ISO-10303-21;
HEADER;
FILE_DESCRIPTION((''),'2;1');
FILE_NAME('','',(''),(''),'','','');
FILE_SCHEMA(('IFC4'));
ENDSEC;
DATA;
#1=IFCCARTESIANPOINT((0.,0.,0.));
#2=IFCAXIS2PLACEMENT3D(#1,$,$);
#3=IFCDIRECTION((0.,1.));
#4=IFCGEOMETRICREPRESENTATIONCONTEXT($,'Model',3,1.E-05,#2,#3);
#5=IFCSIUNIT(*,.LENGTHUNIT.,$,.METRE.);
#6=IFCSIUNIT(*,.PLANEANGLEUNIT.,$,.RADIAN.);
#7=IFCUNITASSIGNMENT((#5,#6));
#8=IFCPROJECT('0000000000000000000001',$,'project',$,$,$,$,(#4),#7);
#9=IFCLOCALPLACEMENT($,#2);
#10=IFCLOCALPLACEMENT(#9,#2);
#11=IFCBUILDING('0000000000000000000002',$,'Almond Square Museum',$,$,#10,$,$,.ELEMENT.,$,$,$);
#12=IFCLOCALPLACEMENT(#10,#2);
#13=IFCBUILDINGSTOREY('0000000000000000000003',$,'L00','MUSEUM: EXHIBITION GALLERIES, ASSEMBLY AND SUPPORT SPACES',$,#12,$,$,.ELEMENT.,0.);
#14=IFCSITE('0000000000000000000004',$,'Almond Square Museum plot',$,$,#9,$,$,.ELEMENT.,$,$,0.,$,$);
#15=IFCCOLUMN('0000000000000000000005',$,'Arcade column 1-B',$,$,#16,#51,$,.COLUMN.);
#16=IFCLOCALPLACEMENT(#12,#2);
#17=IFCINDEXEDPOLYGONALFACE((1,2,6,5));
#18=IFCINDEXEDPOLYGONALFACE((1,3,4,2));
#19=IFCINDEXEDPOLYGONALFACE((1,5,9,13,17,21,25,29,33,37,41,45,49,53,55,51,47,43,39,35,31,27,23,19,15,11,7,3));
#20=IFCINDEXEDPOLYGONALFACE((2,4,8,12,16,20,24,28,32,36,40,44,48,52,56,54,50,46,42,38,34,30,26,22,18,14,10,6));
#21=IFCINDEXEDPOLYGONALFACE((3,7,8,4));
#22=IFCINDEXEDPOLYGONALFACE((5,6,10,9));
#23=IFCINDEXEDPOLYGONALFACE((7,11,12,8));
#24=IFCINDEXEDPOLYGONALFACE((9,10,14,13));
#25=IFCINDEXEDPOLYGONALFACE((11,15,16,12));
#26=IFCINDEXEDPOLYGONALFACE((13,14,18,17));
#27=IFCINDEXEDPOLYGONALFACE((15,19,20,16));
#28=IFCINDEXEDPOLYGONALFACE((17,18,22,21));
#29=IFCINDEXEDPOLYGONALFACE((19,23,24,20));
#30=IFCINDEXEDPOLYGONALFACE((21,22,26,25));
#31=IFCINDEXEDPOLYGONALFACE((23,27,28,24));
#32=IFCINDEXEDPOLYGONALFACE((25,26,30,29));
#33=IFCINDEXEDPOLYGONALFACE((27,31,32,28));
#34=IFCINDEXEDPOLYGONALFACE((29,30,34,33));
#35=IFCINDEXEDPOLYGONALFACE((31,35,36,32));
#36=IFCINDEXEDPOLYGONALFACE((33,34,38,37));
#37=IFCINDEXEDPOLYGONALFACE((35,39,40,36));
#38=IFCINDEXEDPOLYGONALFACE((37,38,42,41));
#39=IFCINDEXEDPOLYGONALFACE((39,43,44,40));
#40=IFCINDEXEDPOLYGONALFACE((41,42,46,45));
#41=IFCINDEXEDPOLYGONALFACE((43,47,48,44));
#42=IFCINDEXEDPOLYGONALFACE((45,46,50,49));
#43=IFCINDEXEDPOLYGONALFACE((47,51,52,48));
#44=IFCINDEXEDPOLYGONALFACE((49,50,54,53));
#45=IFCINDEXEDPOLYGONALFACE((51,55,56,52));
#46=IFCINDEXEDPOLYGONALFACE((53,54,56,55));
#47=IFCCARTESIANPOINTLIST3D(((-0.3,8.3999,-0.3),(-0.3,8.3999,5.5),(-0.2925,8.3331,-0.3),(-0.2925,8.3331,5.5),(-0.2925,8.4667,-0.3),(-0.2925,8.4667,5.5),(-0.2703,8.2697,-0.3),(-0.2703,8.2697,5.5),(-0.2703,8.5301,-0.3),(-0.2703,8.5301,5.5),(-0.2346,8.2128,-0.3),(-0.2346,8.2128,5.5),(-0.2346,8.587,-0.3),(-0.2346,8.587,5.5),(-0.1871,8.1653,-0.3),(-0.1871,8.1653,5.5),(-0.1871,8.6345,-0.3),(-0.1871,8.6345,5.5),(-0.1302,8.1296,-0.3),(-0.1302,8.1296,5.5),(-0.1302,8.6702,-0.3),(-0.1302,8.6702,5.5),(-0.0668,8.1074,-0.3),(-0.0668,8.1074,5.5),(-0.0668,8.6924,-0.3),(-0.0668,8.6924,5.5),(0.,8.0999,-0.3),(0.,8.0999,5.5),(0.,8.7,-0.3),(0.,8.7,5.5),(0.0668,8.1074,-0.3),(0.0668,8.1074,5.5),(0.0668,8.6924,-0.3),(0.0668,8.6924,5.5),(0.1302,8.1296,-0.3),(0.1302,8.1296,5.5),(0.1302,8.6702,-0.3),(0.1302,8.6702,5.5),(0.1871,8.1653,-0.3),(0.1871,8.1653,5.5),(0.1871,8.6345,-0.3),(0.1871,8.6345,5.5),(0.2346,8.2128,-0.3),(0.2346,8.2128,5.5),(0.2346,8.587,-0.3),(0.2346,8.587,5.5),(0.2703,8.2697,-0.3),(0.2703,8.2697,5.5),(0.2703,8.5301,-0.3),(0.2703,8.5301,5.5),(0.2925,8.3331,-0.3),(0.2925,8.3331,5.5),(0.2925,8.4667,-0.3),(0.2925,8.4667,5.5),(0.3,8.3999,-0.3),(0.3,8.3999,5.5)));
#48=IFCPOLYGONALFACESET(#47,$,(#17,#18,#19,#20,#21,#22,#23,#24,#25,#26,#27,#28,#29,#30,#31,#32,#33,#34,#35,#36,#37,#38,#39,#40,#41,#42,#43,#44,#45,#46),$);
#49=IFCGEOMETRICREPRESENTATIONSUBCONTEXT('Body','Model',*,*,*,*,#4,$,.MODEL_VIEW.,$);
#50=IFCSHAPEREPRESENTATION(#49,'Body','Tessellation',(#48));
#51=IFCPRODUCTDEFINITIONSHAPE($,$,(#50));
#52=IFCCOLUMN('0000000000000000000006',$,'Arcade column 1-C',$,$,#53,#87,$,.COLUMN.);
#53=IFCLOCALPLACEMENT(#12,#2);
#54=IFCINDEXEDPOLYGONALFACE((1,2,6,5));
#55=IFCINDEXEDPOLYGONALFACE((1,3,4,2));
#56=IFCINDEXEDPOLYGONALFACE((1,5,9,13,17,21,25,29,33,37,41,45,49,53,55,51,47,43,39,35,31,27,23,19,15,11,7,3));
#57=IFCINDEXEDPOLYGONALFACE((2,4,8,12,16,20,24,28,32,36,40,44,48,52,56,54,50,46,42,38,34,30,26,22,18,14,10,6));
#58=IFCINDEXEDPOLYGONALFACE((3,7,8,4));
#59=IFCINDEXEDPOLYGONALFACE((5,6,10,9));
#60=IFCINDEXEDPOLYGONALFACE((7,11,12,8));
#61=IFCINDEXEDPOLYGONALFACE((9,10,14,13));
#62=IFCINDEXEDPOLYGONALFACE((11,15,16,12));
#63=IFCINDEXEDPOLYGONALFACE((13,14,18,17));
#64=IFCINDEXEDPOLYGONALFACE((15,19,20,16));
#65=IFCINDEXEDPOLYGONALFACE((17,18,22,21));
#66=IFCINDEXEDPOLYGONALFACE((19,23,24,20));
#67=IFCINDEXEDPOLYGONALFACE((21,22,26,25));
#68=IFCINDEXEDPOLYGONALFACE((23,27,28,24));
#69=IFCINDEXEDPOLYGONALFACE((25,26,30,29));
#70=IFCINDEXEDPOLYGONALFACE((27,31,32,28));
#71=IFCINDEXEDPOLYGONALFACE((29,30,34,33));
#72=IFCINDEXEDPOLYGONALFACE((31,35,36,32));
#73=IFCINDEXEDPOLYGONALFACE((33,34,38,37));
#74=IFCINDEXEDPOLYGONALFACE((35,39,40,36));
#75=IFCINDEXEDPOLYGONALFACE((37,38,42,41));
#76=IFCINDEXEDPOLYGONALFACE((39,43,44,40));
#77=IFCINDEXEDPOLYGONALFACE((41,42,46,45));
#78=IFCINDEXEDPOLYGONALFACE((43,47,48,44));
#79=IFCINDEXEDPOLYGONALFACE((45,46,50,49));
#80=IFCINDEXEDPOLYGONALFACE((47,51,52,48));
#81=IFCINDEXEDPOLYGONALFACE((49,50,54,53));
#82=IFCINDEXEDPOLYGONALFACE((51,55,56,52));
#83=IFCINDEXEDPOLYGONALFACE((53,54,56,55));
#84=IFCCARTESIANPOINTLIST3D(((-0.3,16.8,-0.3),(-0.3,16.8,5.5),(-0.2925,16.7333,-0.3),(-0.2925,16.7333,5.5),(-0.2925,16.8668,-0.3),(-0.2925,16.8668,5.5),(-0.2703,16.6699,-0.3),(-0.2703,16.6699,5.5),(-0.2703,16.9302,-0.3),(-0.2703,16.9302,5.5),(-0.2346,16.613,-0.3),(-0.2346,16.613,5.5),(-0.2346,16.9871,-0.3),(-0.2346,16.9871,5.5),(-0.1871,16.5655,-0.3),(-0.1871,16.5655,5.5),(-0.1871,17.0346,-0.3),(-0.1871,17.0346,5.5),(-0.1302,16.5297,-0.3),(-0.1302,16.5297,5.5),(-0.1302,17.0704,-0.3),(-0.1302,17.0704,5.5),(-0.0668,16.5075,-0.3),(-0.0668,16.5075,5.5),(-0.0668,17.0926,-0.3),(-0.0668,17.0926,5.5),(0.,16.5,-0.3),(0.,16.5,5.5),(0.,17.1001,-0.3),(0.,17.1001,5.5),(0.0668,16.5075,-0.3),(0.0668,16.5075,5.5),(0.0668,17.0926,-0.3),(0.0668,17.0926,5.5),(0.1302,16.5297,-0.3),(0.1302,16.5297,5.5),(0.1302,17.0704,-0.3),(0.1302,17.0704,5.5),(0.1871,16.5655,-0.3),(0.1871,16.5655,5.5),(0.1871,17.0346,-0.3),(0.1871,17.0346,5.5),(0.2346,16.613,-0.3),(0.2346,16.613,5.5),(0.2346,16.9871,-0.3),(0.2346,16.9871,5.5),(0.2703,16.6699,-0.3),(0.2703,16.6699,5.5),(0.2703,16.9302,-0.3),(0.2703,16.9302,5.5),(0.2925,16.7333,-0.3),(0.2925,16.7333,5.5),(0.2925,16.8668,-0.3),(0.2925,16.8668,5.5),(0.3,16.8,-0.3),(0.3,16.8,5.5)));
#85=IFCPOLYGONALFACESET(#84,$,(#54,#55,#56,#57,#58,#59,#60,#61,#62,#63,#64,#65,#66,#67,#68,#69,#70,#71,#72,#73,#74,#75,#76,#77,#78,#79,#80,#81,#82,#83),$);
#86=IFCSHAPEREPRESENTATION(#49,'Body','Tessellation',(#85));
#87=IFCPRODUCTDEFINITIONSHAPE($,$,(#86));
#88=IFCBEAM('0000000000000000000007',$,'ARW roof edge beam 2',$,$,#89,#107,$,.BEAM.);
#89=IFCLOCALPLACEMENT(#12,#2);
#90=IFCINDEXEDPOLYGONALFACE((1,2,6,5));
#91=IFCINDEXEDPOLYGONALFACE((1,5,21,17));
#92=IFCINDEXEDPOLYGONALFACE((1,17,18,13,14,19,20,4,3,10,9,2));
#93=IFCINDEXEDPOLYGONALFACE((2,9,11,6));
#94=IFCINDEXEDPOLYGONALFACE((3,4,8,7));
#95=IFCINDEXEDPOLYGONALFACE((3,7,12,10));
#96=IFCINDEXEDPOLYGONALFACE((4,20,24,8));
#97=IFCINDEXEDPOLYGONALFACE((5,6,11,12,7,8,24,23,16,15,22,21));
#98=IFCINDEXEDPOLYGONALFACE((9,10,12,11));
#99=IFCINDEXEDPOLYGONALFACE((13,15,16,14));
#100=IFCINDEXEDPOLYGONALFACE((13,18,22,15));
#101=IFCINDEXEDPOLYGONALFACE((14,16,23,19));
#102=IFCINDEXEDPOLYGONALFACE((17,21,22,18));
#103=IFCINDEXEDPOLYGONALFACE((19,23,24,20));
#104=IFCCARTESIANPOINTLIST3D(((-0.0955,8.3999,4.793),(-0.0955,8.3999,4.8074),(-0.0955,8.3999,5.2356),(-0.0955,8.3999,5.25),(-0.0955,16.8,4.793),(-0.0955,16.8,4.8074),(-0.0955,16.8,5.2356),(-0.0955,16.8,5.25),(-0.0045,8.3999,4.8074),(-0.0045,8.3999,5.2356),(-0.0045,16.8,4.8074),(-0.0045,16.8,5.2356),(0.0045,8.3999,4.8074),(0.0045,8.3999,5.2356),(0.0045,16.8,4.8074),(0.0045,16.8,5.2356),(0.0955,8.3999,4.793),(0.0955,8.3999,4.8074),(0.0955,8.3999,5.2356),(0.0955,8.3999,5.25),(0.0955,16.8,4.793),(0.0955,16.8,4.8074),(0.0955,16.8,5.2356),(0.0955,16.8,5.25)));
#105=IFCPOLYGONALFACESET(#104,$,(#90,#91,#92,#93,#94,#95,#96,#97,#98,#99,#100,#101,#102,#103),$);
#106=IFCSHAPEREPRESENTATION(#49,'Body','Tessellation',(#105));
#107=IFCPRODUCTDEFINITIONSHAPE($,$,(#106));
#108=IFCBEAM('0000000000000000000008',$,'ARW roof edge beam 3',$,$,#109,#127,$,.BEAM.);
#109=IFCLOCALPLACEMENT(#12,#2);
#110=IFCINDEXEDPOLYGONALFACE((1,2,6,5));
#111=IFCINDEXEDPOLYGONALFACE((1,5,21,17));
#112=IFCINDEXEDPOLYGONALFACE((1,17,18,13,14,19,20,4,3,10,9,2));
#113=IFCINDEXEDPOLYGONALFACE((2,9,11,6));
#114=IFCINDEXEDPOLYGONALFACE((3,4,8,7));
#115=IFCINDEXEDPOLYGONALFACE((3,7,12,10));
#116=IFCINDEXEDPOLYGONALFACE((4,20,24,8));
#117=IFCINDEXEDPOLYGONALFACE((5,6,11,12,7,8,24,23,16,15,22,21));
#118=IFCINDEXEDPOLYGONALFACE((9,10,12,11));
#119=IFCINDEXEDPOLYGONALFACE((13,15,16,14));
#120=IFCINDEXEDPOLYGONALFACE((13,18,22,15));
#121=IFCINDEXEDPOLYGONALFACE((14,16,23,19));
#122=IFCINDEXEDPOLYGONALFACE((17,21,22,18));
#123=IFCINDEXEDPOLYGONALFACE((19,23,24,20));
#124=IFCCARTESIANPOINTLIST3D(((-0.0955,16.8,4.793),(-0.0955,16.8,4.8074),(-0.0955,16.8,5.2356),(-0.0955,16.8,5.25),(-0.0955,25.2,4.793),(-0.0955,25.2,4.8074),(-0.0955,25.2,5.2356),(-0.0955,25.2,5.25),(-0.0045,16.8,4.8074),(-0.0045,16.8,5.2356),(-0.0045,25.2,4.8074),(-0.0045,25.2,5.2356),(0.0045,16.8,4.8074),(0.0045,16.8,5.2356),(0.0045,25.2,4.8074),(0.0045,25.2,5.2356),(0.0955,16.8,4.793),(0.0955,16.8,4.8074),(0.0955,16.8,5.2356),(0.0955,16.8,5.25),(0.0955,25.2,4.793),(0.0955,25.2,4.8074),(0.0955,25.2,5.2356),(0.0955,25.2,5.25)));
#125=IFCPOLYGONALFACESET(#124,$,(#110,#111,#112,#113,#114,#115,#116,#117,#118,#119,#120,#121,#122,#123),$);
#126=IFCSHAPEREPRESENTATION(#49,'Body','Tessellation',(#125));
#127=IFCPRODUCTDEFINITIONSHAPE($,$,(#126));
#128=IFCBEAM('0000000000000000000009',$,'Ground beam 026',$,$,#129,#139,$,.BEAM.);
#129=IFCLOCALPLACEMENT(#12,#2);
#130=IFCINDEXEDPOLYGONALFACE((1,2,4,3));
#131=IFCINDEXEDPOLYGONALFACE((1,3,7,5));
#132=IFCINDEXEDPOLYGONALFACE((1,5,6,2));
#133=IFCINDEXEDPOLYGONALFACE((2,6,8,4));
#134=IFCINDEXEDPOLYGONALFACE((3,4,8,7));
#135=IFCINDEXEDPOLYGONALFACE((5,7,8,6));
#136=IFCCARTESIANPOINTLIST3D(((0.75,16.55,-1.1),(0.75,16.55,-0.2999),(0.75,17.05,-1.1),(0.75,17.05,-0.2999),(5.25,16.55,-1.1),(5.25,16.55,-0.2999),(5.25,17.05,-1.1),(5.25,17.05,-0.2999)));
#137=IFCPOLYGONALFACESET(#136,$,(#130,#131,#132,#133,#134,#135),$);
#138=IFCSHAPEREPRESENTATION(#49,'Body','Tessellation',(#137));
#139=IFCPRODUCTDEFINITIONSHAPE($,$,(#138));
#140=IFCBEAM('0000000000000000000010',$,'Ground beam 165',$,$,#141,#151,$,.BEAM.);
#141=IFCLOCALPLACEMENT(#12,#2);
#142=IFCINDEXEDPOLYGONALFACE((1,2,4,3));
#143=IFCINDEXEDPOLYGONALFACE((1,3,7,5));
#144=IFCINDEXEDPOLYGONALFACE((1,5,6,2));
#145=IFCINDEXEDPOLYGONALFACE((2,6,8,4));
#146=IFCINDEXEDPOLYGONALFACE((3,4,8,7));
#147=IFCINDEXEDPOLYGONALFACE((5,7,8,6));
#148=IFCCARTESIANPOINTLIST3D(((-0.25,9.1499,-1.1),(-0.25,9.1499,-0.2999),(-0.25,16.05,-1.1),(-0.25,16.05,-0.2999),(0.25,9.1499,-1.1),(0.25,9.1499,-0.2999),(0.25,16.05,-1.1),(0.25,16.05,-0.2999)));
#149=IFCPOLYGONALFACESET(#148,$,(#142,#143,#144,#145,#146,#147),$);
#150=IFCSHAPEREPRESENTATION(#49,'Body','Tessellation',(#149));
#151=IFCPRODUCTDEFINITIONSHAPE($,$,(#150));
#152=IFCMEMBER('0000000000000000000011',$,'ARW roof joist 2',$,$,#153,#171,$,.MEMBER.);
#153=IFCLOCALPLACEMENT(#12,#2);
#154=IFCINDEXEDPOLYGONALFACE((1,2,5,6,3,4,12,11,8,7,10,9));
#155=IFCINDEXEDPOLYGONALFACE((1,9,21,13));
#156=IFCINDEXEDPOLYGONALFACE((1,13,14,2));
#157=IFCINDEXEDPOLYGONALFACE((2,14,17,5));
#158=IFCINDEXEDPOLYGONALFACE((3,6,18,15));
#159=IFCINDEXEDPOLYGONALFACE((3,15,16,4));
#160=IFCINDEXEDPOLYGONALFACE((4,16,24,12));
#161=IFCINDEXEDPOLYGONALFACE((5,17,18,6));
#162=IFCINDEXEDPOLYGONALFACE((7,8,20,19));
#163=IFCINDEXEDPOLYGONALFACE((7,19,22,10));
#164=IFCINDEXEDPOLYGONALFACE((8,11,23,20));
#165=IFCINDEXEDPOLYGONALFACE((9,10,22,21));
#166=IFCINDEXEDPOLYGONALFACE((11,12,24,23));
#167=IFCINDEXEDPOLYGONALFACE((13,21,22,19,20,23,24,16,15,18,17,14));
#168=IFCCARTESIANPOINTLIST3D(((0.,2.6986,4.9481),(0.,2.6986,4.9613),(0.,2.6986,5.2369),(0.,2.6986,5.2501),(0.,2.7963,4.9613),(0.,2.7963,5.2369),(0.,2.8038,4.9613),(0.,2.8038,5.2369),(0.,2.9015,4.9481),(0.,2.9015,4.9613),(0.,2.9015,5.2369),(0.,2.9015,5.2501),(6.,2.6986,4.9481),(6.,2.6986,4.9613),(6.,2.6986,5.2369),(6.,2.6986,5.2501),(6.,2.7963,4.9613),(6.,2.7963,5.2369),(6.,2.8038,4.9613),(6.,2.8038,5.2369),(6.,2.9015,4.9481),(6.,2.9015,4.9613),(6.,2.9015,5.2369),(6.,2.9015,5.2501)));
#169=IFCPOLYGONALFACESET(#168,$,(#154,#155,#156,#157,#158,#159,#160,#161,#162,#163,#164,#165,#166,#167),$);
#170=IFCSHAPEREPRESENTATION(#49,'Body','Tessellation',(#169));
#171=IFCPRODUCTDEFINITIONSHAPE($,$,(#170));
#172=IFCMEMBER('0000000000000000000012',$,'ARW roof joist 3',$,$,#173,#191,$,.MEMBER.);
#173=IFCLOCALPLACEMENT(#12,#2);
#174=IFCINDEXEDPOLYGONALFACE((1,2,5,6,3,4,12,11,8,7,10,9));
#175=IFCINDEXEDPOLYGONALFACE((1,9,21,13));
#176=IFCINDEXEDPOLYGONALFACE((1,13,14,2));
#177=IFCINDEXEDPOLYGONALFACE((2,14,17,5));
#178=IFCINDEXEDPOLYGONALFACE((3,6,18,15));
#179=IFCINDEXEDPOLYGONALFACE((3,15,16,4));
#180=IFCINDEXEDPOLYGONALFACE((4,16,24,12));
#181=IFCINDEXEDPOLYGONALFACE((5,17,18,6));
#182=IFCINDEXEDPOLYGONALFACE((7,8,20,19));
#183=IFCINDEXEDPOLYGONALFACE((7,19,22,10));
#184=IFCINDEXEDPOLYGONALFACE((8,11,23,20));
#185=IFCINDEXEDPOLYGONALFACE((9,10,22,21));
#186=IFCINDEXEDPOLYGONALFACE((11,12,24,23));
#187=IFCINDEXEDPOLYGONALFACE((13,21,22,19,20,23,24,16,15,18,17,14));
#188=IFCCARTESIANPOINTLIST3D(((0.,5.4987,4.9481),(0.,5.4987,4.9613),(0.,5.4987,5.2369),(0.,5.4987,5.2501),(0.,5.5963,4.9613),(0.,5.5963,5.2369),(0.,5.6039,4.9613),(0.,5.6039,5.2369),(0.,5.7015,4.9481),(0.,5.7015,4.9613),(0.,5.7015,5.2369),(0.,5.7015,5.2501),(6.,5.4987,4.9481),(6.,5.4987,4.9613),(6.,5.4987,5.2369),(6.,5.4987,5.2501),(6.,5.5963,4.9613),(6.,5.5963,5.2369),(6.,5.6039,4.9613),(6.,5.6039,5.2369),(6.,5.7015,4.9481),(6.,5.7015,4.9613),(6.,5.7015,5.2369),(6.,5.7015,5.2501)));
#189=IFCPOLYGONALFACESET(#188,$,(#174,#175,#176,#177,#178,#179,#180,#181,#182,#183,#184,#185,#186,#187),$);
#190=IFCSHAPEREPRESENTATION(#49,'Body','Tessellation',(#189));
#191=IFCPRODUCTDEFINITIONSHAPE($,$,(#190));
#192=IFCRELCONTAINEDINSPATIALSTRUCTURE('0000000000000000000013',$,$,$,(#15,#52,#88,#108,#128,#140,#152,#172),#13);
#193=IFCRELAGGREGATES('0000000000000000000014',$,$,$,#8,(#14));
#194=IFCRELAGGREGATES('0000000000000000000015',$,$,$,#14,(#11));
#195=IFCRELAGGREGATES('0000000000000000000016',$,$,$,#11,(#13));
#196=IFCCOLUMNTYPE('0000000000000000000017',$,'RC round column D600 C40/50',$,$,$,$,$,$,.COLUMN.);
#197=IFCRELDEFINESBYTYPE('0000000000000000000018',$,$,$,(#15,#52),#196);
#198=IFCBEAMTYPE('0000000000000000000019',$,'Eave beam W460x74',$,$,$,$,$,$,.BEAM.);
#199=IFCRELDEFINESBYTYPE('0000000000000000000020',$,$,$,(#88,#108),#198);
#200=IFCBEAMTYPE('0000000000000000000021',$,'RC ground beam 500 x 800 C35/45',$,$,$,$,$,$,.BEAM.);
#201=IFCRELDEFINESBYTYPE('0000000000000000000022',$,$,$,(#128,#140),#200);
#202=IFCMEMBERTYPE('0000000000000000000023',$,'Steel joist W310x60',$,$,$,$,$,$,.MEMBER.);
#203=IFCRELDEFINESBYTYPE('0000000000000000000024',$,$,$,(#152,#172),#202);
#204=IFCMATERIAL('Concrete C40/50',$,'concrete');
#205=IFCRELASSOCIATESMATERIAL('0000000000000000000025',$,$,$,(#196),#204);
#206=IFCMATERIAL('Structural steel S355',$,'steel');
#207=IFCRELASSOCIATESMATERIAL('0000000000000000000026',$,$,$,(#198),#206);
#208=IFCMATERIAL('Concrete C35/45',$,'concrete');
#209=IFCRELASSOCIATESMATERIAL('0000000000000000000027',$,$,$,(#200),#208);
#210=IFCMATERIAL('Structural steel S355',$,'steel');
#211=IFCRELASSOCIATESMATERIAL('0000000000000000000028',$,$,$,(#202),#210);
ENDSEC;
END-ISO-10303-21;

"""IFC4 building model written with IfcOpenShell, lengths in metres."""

from ifc_helpers import new_model, si_unit, direction, frame, origin, origin_2d, place, context, subcontext, project, spatial, rectangle, circle, i_section, extrude, material, material_profile, profile_set, type_object, element, save


model = new_model("IFC4")

# Units and contexts
model_context = context("Model", 3, precision=1e-05, world=origin(), true_north=direction((0.0, 1.0)))
body_context = subcontext(model_context, "Body", "Model", "MODEL_VIEW")
ifc_project = project(units=[si_unit("LENGTHUNIT", "METRE"), si_unit("PLANEANGLEUNIT", "RADIAN")], contexts=[model_context])

# Site, building, storey
site_placement = place(None, origin())
site = spatial("IfcSite", under=ifc_project, at=site_placement, Name="Almond Square Museum plot", CompositionType="ELEMENT", RefElevation=0.0)
building_placement = place(site_placement, origin())
building = spatial("IfcBuilding", under=site, at=building_placement, Name="Almond Square Museum", CompositionType="ELEMENT")
storey_placement = place(building_placement, origin())
storey = spatial("IfcBuildingStorey", under=building, at=storey_placement, Name="L00", Description="MUSEUM: EXHIBITION GALLERIES, ASSEMBLY AND SUPPORT SPACES", CompositionType="ELEMENT", Elevation=0.0)

# Columns
ifc_material_1 = material(Name="Concrete C40/50", Category="concrete")
ifc_material_profile_1 = material_profile(ifc_material_1, circle(Radius=0.3, at=origin_2d()))
ifc_profile_set_1 = profile_set([ifc_material_profile_1], Name="Concrete C40/50")
column_type = type_object("IfcColumnType", Name="RC round column D600 C40/50", PredefinedType="COLUMN", material=ifc_profile_set_1)
for number, where, z_axis, x_axis, name in (
    (1, (0.0, 8.3999, -0.3), (0.0, 0.0, 1.0), (1.0, 0.0, 0.0), "Arcade column 1-B"),
    (2, (0.0, 16.8, -0.3), (0.0, 0.0, 1.0), (1.0, 0.0, 0.0), "Arcade column 1-C"),
):
    element("IfcColumn", number, at=place(storey_placement, frame(where, z_axis=z_axis, x_axis=x_axis)), inside=storey, type_object=column_type, Name=name, PredefinedType="COLUMN", context=body_context, shape_type="SweptSolid", body=[
        extrude(circle(Radius=0.3, at=origin_2d()), origin(), (0.0, 0.0, 1.0), 5.8),
    ])

# Beams
ifc_material_2 = material(Name="Structural steel S355", Category="steel")
ifc_material_profile_2 = material_profile(ifc_material_2, i_section(OverallWidth=0.1909, OverallDepth=0.457, WebThickness=0.009, FlangeThickness=0.0144, at=origin_2d()))
ifc_profile_set_2 = profile_set([ifc_material_profile_2], Name="Structural steel S355")
beam_type_1 = type_object("IfcBeamType", Name="Eave beam W460x74", PredefinedType="BEAM", material=ifc_profile_set_2)
beam_1_placement = place(storey_placement, frame((0.0, 8.3999, 5.0215), z_axis=(0.0, 1.0, 0.0), x_axis=(-1.0, 0.0, 0.0)))
element("IfcBeam", 3, at=beam_1_placement, inside=storey, type_object=beam_type_1, Name="ARW roof edge beam 2", PredefinedType="BEAM", context=body_context, shape_type="SweptSolid", body=[
    extrude(i_section(OverallWidth=0.1909, OverallDepth=0.457, WebThickness=0.009, FlangeThickness=0.0144, at=origin_2d()), origin(), (0.0, 0.0, 1.0), 8.4001),
])
beam_2_placement = place(storey_placement, frame((0.0, 16.8, 5.0215), z_axis=(0.0, 1.0, 0.0), x_axis=(-1.0, 0.0, 0.0)))
element("IfcBeam", 4, at=beam_2_placement, inside=storey, type_object=beam_type_1, Name="ARW roof edge beam 3", PredefinedType="BEAM", context=body_context, shape_type="SweptSolid", body=[
    extrude(i_section(OverallWidth=0.1909, OverallDepth=0.457, WebThickness=0.009, FlangeThickness=0.0144, at=origin_2d()), origin(), (0.0, 0.0, 1.0), 8.3999),
])
ifc_material_3 = material(Name="Concrete C35/45", Category="concrete")
ifc_material_profile_3 = material_profile(ifc_material_3, rectangle(XDim=0.5, YDim=0.8, at=origin_2d()))
ifc_profile_set_3 = profile_set([ifc_material_profile_3], Name="Concrete C35/45")
beam_type_2 = type_object("IfcBeamType", Name="RC ground beam 500 x 800 C35/45", PredefinedType="BEAM", material=ifc_profile_set_3)
beam_3_placement = place(storey_placement, frame((0.75, 16.8, -0.7), z_axis=(1.0, 0.0, 0.0), x_axis=(0.0, 1.0, 0.0)))
element("IfcBeam", 5, at=beam_3_placement, inside=storey, type_object=beam_type_2, Name="Ground beam 026", PredefinedType="BEAM", context=body_context, shape_type="SweptSolid", body=[
    extrude(rectangle(XDim=0.5, YDim=0.8, at=origin_2d()), origin(), (0.0, 0.0, 1.0), 4.5),
])
beam_4_placement = place(storey_placement, frame((0.0, 9.1499, -0.7), z_axis=(0.0, 1.0, 0.0), x_axis=(-1.0, 0.0, 0.0)))
element("IfcBeam", 6, at=beam_4_placement, inside=storey, type_object=beam_type_2, Name="Ground beam 165", PredefinedType="BEAM", context=body_context, shape_type="SweptSolid", body=[
    extrude(rectangle(XDim=0.5, YDim=0.8, at=origin_2d()), origin(), (0.0, 0.0, 1.0), 6.9001),
])

# Members
ifc_material_4 = material(Name="Structural steel S355", Category="steel")
ifc_material_profile_4 = material_profile(ifc_material_4, i_section(OverallWidth=0.2029, OverallDepth=0.302, WebThickness=0.0076, FlangeThickness=0.0132, at=origin_2d()))
ifc_profile_set_4 = profile_set([ifc_material_profile_4], Name="Structural steel S355")
member_type = type_object("IfcMemberType", Name="Steel joist W310x60", PredefinedType="MEMBER", material=ifc_profile_set_4)
for number, where, z_axis, x_axis, name in (
    (7, (6.0, 2.8, 5.0991), (-1.0, 0.0, 0.0), (0.0, -1.0, 0.0), "ARW roof joist 2"),
    (8, (6.0, 5.6001, 5.0991), (-1.0, 0.0, 0.0), (0.0, -1.0, 0.0), "ARW roof joist 3"),
):
    element("IfcMember", number, at=place(storey_placement, frame(where, z_axis=z_axis, x_axis=x_axis)), inside=storey, type_object=member_type, Name=name, PredefinedType="MEMBER", context=body_context, shape_type="SweptSolid", body=[
        extrude(i_section(OverallWidth=0.2029, OverallDepth=0.302, WebThickness=0.0076, FlangeThickness=0.0132, at=origin_2d()), origin(), (0.0, 0.0, 1.0), 6.0),
    ])

save(model, "model.ifc")
